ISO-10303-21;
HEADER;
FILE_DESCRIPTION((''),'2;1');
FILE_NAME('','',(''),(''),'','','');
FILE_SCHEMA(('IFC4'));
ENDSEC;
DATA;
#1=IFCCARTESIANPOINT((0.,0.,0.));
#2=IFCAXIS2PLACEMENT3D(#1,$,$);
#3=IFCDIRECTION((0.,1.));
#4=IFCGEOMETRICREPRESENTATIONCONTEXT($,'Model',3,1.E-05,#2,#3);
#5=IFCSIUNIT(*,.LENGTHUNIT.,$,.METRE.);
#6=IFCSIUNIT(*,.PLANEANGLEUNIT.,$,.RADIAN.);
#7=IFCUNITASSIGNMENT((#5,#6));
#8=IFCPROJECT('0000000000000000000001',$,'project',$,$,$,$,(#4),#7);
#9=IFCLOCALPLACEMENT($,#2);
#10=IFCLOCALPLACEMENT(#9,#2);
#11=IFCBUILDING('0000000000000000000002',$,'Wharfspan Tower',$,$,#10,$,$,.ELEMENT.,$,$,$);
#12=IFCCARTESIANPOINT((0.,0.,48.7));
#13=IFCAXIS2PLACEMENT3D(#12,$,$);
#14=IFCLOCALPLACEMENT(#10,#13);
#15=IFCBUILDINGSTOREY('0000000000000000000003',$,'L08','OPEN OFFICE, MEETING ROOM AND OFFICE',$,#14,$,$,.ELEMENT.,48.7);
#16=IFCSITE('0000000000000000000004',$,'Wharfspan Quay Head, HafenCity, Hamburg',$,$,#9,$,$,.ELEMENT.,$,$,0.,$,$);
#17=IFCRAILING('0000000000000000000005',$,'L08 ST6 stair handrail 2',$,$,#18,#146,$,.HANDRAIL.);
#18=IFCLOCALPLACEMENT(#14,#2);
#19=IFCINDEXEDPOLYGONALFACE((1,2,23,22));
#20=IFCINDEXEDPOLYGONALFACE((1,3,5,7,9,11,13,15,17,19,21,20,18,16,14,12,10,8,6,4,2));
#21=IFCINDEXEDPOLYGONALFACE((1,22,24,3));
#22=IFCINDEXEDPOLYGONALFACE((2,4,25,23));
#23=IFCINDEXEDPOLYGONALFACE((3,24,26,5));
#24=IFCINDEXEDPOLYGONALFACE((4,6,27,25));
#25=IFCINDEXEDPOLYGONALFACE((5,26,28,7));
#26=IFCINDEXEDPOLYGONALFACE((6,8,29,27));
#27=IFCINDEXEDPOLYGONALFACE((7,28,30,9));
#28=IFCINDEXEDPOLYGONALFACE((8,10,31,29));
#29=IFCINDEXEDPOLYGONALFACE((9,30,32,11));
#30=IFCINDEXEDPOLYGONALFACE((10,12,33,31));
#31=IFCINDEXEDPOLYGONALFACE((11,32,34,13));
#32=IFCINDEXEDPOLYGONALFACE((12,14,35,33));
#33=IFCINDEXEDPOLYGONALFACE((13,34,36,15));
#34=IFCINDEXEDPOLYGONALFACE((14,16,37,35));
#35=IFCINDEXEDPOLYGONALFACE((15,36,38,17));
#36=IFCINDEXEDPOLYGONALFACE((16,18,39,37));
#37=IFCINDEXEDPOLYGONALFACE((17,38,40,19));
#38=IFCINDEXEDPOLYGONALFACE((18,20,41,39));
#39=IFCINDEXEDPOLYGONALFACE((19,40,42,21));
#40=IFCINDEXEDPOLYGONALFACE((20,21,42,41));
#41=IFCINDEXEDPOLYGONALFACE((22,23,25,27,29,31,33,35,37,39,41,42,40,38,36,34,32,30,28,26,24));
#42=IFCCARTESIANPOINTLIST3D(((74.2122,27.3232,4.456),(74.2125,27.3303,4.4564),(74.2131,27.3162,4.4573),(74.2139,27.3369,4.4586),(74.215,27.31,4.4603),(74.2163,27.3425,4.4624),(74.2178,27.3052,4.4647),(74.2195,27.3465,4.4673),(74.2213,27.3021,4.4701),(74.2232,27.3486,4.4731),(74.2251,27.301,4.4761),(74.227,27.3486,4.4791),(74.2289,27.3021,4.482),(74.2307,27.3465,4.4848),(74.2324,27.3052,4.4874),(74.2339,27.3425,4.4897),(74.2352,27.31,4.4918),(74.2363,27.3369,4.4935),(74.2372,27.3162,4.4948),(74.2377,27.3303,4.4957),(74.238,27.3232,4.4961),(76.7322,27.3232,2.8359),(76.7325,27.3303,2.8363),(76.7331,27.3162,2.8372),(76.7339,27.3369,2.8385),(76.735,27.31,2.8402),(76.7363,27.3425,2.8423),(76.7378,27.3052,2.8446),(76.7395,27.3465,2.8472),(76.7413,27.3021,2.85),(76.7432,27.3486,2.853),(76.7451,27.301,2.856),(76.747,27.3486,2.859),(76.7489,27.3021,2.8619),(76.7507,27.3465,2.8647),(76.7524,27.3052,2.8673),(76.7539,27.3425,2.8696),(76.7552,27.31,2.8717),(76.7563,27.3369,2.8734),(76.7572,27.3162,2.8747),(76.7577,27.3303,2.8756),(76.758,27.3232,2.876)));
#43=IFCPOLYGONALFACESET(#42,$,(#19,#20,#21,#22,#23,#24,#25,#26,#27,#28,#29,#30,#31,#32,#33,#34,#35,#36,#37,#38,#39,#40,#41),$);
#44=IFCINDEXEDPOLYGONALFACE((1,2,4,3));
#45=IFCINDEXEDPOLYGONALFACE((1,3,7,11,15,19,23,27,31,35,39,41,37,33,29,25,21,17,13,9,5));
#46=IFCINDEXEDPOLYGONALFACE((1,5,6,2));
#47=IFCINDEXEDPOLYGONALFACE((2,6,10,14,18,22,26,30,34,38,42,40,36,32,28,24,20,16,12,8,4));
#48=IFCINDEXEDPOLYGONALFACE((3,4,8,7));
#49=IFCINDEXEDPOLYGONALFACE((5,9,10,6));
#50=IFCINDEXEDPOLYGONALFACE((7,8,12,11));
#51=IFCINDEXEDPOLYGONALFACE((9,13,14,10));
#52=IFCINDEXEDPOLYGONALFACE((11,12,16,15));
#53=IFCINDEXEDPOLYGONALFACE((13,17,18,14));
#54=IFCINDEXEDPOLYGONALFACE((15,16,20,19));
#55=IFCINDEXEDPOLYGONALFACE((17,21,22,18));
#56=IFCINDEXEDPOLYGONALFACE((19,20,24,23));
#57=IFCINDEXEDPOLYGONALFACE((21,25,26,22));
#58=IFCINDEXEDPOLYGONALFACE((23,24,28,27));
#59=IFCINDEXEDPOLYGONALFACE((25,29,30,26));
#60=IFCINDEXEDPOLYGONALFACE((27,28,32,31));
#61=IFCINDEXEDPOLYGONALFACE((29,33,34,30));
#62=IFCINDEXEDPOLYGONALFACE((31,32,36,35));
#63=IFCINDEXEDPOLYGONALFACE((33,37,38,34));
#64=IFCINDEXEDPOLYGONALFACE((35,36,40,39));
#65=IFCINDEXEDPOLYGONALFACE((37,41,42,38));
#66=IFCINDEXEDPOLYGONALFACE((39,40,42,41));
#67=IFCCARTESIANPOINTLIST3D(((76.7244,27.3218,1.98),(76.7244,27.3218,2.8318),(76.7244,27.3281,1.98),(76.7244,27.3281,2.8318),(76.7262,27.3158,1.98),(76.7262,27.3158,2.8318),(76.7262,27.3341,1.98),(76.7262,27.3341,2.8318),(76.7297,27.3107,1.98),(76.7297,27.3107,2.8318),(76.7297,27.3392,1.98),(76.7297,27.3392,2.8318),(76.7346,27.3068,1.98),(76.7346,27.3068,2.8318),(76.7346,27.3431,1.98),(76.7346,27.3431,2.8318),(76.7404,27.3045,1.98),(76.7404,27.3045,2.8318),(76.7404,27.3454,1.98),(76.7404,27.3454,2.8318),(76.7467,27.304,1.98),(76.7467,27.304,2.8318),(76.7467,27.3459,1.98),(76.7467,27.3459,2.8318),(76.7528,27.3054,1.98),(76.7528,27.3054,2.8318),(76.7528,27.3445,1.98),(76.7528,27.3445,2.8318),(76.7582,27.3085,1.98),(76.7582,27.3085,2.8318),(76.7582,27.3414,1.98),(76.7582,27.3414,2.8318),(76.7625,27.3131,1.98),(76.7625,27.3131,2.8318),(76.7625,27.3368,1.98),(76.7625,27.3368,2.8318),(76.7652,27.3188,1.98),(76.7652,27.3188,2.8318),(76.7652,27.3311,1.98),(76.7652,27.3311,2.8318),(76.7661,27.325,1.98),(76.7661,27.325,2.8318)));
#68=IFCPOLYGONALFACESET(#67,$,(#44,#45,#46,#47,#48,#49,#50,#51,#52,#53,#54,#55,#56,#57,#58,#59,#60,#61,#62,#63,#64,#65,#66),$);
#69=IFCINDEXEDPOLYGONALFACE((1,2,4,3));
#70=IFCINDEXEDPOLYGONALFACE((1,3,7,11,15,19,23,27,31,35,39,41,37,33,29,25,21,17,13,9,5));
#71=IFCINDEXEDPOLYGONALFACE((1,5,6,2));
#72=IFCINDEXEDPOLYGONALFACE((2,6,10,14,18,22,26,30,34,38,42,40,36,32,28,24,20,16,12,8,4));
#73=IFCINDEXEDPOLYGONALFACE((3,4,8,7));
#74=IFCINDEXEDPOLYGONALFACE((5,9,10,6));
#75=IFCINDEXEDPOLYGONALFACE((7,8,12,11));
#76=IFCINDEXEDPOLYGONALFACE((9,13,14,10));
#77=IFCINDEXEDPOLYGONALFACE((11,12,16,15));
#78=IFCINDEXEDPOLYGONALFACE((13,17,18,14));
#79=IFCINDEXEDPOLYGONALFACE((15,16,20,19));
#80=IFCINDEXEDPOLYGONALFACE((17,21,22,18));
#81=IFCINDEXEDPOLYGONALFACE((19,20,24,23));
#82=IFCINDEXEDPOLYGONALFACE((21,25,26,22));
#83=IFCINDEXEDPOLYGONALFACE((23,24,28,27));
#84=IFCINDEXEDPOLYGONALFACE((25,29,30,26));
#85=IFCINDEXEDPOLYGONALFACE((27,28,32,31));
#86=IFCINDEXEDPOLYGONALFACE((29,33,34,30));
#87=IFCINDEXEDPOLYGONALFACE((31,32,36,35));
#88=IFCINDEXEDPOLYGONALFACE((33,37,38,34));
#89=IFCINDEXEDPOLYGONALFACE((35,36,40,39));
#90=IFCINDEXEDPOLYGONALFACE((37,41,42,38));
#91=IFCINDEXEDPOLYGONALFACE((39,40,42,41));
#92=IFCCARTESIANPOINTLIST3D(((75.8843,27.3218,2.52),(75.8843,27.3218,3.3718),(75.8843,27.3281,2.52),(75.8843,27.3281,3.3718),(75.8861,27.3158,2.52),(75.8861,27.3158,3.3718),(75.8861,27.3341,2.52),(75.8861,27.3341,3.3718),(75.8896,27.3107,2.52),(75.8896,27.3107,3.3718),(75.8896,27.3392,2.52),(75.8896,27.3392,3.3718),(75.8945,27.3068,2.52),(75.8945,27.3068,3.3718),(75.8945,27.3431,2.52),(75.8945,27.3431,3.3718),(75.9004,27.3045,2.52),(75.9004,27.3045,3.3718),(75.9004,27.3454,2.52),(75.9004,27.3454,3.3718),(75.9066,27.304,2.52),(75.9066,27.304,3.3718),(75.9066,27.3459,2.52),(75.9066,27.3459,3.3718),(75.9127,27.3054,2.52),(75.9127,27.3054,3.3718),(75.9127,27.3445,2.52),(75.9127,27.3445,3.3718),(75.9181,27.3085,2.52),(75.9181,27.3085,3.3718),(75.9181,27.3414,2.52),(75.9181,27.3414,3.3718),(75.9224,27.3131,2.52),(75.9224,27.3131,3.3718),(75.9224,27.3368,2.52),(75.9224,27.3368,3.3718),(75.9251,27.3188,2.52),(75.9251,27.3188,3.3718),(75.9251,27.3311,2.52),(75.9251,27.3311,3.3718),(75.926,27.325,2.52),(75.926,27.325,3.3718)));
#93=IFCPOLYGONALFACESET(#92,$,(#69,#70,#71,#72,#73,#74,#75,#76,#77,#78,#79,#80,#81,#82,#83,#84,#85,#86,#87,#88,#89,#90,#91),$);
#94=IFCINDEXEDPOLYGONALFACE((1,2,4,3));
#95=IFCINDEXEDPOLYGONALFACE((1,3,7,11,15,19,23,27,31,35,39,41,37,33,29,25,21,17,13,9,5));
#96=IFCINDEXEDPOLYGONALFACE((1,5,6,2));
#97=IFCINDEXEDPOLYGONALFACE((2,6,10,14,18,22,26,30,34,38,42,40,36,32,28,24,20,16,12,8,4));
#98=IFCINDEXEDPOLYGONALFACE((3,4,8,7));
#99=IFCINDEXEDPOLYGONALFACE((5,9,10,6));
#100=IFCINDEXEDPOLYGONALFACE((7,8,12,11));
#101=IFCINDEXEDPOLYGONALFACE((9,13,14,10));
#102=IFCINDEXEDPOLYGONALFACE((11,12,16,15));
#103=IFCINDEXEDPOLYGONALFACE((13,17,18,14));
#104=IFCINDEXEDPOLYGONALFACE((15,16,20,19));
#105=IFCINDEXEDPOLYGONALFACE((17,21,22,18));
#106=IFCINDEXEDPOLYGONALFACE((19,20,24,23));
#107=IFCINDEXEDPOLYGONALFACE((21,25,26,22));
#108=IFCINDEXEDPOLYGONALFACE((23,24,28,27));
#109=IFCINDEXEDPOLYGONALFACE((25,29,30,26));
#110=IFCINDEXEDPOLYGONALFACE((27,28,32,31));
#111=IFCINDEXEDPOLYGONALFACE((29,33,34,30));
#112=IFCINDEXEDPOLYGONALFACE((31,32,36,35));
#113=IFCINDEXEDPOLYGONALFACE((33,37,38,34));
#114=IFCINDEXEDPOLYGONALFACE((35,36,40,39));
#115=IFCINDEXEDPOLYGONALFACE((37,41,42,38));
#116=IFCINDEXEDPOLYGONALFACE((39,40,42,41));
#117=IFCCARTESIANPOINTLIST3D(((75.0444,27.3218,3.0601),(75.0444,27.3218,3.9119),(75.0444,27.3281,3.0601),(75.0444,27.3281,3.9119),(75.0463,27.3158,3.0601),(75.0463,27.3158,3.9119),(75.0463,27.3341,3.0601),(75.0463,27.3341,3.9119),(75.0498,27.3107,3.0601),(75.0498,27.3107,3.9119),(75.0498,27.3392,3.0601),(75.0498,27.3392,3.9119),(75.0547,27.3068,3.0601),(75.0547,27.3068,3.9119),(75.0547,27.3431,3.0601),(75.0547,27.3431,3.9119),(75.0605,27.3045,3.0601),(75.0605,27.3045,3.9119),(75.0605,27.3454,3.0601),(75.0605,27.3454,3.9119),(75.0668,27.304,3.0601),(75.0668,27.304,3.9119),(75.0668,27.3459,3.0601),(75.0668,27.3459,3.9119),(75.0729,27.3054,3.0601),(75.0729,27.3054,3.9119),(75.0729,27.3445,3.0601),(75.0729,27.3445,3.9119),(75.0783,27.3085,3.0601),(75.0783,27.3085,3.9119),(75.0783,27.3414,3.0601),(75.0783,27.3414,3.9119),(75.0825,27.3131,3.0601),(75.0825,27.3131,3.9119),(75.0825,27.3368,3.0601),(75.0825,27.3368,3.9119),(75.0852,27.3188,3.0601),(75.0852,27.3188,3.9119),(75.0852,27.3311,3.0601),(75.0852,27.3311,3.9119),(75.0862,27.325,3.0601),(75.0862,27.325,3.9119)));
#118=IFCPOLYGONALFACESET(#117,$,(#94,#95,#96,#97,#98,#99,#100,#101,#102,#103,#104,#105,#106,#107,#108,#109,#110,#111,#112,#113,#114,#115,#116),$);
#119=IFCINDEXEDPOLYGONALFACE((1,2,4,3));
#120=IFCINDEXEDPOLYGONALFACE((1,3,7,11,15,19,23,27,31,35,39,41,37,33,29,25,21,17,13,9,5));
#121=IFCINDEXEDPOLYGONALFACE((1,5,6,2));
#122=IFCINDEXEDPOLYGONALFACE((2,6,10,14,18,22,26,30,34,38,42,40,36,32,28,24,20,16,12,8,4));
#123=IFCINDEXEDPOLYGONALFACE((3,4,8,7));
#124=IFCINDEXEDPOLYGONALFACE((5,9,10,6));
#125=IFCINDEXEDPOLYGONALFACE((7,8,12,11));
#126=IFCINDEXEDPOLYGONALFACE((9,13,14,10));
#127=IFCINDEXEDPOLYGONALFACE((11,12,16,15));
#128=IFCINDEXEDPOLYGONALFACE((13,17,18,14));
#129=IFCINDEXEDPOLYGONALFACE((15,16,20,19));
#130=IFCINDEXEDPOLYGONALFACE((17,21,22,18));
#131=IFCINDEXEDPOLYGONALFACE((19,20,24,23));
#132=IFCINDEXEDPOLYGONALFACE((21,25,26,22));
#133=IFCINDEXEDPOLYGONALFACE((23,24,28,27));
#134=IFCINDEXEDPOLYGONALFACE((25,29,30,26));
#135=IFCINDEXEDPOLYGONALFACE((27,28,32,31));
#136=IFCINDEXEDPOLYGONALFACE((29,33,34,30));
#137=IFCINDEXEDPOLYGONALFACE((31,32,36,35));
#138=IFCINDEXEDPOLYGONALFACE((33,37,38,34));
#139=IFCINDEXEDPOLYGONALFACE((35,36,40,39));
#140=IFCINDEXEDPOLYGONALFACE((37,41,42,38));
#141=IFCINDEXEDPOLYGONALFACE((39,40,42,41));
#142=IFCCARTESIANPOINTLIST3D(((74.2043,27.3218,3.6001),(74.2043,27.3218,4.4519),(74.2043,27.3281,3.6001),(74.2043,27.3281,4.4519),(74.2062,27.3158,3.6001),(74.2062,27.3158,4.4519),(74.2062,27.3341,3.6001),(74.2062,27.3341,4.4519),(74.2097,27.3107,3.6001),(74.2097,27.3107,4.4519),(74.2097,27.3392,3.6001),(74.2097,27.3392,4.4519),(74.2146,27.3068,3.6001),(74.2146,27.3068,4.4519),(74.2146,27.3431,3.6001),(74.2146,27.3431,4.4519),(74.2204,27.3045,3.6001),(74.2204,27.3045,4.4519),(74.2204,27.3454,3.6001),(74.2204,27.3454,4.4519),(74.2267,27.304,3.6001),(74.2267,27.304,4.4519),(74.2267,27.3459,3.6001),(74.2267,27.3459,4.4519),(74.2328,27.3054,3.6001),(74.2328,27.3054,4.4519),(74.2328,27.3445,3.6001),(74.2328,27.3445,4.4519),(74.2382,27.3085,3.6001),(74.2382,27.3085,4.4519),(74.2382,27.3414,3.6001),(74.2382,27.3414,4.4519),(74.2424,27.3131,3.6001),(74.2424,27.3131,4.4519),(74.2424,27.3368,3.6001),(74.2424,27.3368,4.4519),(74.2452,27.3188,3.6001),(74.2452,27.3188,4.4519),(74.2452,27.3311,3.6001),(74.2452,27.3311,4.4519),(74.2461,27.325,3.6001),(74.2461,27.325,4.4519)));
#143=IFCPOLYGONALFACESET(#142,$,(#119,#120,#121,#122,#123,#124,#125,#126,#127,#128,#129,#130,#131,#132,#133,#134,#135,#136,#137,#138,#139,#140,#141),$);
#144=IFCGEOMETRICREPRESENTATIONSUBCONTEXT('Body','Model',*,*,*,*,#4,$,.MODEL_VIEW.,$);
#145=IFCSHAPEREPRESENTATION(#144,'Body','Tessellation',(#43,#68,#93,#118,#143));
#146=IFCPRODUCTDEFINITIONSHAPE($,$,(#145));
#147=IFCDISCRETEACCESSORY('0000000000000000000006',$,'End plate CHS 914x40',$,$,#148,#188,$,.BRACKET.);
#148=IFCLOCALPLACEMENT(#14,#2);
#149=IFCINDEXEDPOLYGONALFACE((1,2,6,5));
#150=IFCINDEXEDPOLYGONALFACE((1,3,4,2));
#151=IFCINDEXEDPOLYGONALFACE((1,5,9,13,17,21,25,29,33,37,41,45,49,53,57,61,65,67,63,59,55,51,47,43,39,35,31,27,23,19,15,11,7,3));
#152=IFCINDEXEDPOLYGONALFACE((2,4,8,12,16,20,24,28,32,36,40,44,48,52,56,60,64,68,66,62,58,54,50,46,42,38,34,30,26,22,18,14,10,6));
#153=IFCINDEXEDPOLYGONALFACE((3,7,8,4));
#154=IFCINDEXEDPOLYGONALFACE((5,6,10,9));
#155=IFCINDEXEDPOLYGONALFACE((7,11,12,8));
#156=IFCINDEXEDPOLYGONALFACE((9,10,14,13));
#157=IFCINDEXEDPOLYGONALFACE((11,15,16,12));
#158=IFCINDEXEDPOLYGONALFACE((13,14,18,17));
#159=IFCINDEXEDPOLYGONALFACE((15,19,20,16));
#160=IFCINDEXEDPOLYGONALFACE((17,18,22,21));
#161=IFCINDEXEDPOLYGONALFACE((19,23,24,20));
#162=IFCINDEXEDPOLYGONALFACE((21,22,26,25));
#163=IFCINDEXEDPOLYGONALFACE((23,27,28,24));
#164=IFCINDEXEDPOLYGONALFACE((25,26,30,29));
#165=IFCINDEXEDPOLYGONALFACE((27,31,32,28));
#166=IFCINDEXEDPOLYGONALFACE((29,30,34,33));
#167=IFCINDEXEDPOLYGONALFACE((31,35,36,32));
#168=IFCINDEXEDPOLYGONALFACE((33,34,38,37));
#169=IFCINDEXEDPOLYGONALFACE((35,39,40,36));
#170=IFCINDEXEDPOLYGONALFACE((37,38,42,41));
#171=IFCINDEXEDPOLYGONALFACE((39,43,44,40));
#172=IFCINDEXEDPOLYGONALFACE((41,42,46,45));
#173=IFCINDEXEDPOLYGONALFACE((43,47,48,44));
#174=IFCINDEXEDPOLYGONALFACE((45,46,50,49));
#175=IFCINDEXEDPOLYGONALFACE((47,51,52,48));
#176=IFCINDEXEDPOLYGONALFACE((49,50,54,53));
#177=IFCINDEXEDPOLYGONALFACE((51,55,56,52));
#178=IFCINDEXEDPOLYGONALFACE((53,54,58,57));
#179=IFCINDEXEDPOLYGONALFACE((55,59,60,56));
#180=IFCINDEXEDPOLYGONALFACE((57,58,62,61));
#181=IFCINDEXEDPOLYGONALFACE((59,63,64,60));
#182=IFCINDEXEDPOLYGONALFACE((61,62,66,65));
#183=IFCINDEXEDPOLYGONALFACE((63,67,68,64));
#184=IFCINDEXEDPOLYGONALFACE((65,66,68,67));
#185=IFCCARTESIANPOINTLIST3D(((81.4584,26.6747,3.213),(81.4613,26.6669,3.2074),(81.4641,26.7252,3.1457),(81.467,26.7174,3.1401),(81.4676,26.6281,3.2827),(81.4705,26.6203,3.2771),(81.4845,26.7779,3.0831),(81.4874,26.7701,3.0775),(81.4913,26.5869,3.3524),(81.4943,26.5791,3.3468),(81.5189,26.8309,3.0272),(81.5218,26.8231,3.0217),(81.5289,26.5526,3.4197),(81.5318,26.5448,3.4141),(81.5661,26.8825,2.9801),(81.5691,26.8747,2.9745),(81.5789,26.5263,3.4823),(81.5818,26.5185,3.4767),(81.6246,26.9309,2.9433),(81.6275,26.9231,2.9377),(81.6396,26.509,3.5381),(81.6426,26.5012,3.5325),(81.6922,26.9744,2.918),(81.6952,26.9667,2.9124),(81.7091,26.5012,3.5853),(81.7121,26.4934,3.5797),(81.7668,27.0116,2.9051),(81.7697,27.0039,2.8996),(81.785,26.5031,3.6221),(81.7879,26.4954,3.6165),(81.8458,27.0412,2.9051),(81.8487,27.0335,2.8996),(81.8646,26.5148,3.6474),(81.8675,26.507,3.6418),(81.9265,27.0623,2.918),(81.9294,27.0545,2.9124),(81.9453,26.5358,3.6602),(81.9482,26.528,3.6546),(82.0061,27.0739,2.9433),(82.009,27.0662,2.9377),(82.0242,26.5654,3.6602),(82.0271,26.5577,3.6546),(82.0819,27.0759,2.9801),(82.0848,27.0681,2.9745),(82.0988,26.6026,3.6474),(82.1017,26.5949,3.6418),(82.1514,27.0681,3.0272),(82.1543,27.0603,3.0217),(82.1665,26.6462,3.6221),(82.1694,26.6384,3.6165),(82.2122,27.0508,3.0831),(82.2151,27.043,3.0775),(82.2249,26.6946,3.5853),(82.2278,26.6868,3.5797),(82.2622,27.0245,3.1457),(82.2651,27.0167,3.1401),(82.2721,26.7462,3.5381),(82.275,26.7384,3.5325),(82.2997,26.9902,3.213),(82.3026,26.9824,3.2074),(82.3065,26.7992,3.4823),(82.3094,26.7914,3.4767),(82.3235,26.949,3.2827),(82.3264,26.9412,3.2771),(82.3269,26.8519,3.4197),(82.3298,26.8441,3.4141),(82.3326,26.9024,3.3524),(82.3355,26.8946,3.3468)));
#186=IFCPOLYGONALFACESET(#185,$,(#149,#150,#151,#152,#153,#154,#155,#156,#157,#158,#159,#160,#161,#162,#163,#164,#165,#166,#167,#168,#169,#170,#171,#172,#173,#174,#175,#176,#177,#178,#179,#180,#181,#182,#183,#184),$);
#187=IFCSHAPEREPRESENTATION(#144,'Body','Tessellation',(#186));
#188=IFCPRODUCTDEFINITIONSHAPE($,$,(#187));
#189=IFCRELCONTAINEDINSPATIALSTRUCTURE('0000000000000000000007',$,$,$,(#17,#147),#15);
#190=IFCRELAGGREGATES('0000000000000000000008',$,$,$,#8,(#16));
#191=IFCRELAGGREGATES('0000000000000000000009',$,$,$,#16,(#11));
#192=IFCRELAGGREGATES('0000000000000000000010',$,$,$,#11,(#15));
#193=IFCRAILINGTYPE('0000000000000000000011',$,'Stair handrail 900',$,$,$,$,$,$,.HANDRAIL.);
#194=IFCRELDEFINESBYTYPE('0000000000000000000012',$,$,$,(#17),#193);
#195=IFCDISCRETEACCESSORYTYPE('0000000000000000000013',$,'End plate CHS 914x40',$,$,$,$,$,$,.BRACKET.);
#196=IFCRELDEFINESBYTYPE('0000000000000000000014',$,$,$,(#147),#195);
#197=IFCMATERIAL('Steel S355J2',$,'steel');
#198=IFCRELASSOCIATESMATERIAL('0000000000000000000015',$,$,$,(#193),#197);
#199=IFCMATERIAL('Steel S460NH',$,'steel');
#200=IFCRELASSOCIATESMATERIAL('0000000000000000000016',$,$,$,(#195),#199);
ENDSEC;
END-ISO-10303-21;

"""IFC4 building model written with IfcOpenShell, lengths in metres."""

from ifc_helpers import new_model, si_unit, direction, frame, origin, origin_2d, place, context, subcontext, project, spatial, circle, extrude, material, material_profile, profile_set, type_object, element, save


model = new_model("IFC4")

# Units and contexts
model_context = context("Model", 3, precision=1e-05, world=origin(), true_north=direction((0.0, 1.0)))
body_context = subcontext(model_context, "Body", "Model", "MODEL_VIEW")
ifc_project = project(units=[si_unit("LENGTHUNIT", "METRE"), si_unit("PLANEANGLEUNIT", "RADIAN")], contexts=[model_context])

# Site, building, storey
site_placement = place(None, origin())
site = spatial("IfcSite", under=ifc_project, at=site_placement, Name="Wharfspan Quay Head, HafenCity, Hamburg", CompositionType="ELEMENT", RefElevation=0.0)
building_placement = place(site_placement, origin())
building = spatial("IfcBuilding", under=site, at=building_placement, Name="Wharfspan Tower", CompositionType="ELEMENT")
storey_placement = place(building_placement, frame((0.0, 0.0, 48.7)))
storey = spatial("IfcBuildingStorey", under=building, at=storey_placement, Name="L08", Description="OPEN OFFICE, MEETING ROOM AND OFFICE", CompositionType="ELEMENT", Elevation=48.7)

# Shared definitions
ifc_material_1 = material(Name="Steel S355J2", Category="steel")

# Shared definitions
ifc_material_2 = material(Name="Steel S460NH", Category="steel")

# Railing
railing_type = type_object("IfcRailingType", Name="Stair handrail 900", PredefinedType="HANDRAIL", material=ifc_material_1)
railing_placement = place(storey_placement, frame((76.7451, 27.325, 1.98)))
element("IfcRailing", 1, at=railing_placement, inside=storey, type_object=railing_type, Name="L08 ST6 stair handrail 2", PredefinedType="HANDRAIL", context=body_context, shape_type="SweptSolid", body=[
    extrude(circle(Radius=0.0239, at=origin_2d()), frame((0.0, 0.0, 0.876), z_axis=(-0.841163, 0.0, 0.540782), x_axis=(0.0, -1.0, 0.0)), (0.0, 0.0, 1.0), 2.9958),
    extrude(circle(Radius=0.021, at=origin_2d()), origin(), (0.0, 0.0, 1.0), 0.8518),
    extrude(circle(Radius=0.021, at=origin_2d()), frame((-0.8401, 0.0, 0.54)), (0.0, 0.0, 1.0), 0.8518),
    extrude(circle(Radius=0.021, at=origin_2d()), frame((-1.6799, 0.0, 1.0801)), (0.0, 0.0, 1.0), 0.8518),
    extrude(circle(Radius=0.021, at=origin_2d()), frame((-2.52, 0.0, 1.6201)), (0.0, 0.0, 1.0), 0.8518),
])

# Discrete accessory
ifc_material_profile_1 = material_profile(ifc_material_2, circle(Radius=0.457, at=origin_2d()))
ifc_profile_set_1 = profile_set([ifc_material_profile_1], Name="Steel S460NH")
discrete_accessory_type = type_object("IfcDiscreteAccessoryType", Name="End plate CHS 914x40", PredefinedType="BRACKET", material=ifc_profile_set_1)
for number, where, z_axis, x_axis, name in (
    (2, (81.8984, 26.7808, 3.2771), (-0.2913, 0.7768, 0.558325), (-0.936328, -0.351123, 0.0), "End plate CHS 914x40"),
):
    element("IfcDiscreteAccessory", number, at=place(storey_placement, frame(where, z_axis=z_axis, x_axis=x_axis)), inside=storey, type_object=discrete_accessory_type, Name=name, PredefinedType="BRACKET", context=body_context, shape_type="SweptSolid", body=[
        extrude(circle(Radius=0.457, at=origin_2d()), origin(), (0.0, 0.0, 1.0), 0.01),
    ])

save(model, "model.ifc")
